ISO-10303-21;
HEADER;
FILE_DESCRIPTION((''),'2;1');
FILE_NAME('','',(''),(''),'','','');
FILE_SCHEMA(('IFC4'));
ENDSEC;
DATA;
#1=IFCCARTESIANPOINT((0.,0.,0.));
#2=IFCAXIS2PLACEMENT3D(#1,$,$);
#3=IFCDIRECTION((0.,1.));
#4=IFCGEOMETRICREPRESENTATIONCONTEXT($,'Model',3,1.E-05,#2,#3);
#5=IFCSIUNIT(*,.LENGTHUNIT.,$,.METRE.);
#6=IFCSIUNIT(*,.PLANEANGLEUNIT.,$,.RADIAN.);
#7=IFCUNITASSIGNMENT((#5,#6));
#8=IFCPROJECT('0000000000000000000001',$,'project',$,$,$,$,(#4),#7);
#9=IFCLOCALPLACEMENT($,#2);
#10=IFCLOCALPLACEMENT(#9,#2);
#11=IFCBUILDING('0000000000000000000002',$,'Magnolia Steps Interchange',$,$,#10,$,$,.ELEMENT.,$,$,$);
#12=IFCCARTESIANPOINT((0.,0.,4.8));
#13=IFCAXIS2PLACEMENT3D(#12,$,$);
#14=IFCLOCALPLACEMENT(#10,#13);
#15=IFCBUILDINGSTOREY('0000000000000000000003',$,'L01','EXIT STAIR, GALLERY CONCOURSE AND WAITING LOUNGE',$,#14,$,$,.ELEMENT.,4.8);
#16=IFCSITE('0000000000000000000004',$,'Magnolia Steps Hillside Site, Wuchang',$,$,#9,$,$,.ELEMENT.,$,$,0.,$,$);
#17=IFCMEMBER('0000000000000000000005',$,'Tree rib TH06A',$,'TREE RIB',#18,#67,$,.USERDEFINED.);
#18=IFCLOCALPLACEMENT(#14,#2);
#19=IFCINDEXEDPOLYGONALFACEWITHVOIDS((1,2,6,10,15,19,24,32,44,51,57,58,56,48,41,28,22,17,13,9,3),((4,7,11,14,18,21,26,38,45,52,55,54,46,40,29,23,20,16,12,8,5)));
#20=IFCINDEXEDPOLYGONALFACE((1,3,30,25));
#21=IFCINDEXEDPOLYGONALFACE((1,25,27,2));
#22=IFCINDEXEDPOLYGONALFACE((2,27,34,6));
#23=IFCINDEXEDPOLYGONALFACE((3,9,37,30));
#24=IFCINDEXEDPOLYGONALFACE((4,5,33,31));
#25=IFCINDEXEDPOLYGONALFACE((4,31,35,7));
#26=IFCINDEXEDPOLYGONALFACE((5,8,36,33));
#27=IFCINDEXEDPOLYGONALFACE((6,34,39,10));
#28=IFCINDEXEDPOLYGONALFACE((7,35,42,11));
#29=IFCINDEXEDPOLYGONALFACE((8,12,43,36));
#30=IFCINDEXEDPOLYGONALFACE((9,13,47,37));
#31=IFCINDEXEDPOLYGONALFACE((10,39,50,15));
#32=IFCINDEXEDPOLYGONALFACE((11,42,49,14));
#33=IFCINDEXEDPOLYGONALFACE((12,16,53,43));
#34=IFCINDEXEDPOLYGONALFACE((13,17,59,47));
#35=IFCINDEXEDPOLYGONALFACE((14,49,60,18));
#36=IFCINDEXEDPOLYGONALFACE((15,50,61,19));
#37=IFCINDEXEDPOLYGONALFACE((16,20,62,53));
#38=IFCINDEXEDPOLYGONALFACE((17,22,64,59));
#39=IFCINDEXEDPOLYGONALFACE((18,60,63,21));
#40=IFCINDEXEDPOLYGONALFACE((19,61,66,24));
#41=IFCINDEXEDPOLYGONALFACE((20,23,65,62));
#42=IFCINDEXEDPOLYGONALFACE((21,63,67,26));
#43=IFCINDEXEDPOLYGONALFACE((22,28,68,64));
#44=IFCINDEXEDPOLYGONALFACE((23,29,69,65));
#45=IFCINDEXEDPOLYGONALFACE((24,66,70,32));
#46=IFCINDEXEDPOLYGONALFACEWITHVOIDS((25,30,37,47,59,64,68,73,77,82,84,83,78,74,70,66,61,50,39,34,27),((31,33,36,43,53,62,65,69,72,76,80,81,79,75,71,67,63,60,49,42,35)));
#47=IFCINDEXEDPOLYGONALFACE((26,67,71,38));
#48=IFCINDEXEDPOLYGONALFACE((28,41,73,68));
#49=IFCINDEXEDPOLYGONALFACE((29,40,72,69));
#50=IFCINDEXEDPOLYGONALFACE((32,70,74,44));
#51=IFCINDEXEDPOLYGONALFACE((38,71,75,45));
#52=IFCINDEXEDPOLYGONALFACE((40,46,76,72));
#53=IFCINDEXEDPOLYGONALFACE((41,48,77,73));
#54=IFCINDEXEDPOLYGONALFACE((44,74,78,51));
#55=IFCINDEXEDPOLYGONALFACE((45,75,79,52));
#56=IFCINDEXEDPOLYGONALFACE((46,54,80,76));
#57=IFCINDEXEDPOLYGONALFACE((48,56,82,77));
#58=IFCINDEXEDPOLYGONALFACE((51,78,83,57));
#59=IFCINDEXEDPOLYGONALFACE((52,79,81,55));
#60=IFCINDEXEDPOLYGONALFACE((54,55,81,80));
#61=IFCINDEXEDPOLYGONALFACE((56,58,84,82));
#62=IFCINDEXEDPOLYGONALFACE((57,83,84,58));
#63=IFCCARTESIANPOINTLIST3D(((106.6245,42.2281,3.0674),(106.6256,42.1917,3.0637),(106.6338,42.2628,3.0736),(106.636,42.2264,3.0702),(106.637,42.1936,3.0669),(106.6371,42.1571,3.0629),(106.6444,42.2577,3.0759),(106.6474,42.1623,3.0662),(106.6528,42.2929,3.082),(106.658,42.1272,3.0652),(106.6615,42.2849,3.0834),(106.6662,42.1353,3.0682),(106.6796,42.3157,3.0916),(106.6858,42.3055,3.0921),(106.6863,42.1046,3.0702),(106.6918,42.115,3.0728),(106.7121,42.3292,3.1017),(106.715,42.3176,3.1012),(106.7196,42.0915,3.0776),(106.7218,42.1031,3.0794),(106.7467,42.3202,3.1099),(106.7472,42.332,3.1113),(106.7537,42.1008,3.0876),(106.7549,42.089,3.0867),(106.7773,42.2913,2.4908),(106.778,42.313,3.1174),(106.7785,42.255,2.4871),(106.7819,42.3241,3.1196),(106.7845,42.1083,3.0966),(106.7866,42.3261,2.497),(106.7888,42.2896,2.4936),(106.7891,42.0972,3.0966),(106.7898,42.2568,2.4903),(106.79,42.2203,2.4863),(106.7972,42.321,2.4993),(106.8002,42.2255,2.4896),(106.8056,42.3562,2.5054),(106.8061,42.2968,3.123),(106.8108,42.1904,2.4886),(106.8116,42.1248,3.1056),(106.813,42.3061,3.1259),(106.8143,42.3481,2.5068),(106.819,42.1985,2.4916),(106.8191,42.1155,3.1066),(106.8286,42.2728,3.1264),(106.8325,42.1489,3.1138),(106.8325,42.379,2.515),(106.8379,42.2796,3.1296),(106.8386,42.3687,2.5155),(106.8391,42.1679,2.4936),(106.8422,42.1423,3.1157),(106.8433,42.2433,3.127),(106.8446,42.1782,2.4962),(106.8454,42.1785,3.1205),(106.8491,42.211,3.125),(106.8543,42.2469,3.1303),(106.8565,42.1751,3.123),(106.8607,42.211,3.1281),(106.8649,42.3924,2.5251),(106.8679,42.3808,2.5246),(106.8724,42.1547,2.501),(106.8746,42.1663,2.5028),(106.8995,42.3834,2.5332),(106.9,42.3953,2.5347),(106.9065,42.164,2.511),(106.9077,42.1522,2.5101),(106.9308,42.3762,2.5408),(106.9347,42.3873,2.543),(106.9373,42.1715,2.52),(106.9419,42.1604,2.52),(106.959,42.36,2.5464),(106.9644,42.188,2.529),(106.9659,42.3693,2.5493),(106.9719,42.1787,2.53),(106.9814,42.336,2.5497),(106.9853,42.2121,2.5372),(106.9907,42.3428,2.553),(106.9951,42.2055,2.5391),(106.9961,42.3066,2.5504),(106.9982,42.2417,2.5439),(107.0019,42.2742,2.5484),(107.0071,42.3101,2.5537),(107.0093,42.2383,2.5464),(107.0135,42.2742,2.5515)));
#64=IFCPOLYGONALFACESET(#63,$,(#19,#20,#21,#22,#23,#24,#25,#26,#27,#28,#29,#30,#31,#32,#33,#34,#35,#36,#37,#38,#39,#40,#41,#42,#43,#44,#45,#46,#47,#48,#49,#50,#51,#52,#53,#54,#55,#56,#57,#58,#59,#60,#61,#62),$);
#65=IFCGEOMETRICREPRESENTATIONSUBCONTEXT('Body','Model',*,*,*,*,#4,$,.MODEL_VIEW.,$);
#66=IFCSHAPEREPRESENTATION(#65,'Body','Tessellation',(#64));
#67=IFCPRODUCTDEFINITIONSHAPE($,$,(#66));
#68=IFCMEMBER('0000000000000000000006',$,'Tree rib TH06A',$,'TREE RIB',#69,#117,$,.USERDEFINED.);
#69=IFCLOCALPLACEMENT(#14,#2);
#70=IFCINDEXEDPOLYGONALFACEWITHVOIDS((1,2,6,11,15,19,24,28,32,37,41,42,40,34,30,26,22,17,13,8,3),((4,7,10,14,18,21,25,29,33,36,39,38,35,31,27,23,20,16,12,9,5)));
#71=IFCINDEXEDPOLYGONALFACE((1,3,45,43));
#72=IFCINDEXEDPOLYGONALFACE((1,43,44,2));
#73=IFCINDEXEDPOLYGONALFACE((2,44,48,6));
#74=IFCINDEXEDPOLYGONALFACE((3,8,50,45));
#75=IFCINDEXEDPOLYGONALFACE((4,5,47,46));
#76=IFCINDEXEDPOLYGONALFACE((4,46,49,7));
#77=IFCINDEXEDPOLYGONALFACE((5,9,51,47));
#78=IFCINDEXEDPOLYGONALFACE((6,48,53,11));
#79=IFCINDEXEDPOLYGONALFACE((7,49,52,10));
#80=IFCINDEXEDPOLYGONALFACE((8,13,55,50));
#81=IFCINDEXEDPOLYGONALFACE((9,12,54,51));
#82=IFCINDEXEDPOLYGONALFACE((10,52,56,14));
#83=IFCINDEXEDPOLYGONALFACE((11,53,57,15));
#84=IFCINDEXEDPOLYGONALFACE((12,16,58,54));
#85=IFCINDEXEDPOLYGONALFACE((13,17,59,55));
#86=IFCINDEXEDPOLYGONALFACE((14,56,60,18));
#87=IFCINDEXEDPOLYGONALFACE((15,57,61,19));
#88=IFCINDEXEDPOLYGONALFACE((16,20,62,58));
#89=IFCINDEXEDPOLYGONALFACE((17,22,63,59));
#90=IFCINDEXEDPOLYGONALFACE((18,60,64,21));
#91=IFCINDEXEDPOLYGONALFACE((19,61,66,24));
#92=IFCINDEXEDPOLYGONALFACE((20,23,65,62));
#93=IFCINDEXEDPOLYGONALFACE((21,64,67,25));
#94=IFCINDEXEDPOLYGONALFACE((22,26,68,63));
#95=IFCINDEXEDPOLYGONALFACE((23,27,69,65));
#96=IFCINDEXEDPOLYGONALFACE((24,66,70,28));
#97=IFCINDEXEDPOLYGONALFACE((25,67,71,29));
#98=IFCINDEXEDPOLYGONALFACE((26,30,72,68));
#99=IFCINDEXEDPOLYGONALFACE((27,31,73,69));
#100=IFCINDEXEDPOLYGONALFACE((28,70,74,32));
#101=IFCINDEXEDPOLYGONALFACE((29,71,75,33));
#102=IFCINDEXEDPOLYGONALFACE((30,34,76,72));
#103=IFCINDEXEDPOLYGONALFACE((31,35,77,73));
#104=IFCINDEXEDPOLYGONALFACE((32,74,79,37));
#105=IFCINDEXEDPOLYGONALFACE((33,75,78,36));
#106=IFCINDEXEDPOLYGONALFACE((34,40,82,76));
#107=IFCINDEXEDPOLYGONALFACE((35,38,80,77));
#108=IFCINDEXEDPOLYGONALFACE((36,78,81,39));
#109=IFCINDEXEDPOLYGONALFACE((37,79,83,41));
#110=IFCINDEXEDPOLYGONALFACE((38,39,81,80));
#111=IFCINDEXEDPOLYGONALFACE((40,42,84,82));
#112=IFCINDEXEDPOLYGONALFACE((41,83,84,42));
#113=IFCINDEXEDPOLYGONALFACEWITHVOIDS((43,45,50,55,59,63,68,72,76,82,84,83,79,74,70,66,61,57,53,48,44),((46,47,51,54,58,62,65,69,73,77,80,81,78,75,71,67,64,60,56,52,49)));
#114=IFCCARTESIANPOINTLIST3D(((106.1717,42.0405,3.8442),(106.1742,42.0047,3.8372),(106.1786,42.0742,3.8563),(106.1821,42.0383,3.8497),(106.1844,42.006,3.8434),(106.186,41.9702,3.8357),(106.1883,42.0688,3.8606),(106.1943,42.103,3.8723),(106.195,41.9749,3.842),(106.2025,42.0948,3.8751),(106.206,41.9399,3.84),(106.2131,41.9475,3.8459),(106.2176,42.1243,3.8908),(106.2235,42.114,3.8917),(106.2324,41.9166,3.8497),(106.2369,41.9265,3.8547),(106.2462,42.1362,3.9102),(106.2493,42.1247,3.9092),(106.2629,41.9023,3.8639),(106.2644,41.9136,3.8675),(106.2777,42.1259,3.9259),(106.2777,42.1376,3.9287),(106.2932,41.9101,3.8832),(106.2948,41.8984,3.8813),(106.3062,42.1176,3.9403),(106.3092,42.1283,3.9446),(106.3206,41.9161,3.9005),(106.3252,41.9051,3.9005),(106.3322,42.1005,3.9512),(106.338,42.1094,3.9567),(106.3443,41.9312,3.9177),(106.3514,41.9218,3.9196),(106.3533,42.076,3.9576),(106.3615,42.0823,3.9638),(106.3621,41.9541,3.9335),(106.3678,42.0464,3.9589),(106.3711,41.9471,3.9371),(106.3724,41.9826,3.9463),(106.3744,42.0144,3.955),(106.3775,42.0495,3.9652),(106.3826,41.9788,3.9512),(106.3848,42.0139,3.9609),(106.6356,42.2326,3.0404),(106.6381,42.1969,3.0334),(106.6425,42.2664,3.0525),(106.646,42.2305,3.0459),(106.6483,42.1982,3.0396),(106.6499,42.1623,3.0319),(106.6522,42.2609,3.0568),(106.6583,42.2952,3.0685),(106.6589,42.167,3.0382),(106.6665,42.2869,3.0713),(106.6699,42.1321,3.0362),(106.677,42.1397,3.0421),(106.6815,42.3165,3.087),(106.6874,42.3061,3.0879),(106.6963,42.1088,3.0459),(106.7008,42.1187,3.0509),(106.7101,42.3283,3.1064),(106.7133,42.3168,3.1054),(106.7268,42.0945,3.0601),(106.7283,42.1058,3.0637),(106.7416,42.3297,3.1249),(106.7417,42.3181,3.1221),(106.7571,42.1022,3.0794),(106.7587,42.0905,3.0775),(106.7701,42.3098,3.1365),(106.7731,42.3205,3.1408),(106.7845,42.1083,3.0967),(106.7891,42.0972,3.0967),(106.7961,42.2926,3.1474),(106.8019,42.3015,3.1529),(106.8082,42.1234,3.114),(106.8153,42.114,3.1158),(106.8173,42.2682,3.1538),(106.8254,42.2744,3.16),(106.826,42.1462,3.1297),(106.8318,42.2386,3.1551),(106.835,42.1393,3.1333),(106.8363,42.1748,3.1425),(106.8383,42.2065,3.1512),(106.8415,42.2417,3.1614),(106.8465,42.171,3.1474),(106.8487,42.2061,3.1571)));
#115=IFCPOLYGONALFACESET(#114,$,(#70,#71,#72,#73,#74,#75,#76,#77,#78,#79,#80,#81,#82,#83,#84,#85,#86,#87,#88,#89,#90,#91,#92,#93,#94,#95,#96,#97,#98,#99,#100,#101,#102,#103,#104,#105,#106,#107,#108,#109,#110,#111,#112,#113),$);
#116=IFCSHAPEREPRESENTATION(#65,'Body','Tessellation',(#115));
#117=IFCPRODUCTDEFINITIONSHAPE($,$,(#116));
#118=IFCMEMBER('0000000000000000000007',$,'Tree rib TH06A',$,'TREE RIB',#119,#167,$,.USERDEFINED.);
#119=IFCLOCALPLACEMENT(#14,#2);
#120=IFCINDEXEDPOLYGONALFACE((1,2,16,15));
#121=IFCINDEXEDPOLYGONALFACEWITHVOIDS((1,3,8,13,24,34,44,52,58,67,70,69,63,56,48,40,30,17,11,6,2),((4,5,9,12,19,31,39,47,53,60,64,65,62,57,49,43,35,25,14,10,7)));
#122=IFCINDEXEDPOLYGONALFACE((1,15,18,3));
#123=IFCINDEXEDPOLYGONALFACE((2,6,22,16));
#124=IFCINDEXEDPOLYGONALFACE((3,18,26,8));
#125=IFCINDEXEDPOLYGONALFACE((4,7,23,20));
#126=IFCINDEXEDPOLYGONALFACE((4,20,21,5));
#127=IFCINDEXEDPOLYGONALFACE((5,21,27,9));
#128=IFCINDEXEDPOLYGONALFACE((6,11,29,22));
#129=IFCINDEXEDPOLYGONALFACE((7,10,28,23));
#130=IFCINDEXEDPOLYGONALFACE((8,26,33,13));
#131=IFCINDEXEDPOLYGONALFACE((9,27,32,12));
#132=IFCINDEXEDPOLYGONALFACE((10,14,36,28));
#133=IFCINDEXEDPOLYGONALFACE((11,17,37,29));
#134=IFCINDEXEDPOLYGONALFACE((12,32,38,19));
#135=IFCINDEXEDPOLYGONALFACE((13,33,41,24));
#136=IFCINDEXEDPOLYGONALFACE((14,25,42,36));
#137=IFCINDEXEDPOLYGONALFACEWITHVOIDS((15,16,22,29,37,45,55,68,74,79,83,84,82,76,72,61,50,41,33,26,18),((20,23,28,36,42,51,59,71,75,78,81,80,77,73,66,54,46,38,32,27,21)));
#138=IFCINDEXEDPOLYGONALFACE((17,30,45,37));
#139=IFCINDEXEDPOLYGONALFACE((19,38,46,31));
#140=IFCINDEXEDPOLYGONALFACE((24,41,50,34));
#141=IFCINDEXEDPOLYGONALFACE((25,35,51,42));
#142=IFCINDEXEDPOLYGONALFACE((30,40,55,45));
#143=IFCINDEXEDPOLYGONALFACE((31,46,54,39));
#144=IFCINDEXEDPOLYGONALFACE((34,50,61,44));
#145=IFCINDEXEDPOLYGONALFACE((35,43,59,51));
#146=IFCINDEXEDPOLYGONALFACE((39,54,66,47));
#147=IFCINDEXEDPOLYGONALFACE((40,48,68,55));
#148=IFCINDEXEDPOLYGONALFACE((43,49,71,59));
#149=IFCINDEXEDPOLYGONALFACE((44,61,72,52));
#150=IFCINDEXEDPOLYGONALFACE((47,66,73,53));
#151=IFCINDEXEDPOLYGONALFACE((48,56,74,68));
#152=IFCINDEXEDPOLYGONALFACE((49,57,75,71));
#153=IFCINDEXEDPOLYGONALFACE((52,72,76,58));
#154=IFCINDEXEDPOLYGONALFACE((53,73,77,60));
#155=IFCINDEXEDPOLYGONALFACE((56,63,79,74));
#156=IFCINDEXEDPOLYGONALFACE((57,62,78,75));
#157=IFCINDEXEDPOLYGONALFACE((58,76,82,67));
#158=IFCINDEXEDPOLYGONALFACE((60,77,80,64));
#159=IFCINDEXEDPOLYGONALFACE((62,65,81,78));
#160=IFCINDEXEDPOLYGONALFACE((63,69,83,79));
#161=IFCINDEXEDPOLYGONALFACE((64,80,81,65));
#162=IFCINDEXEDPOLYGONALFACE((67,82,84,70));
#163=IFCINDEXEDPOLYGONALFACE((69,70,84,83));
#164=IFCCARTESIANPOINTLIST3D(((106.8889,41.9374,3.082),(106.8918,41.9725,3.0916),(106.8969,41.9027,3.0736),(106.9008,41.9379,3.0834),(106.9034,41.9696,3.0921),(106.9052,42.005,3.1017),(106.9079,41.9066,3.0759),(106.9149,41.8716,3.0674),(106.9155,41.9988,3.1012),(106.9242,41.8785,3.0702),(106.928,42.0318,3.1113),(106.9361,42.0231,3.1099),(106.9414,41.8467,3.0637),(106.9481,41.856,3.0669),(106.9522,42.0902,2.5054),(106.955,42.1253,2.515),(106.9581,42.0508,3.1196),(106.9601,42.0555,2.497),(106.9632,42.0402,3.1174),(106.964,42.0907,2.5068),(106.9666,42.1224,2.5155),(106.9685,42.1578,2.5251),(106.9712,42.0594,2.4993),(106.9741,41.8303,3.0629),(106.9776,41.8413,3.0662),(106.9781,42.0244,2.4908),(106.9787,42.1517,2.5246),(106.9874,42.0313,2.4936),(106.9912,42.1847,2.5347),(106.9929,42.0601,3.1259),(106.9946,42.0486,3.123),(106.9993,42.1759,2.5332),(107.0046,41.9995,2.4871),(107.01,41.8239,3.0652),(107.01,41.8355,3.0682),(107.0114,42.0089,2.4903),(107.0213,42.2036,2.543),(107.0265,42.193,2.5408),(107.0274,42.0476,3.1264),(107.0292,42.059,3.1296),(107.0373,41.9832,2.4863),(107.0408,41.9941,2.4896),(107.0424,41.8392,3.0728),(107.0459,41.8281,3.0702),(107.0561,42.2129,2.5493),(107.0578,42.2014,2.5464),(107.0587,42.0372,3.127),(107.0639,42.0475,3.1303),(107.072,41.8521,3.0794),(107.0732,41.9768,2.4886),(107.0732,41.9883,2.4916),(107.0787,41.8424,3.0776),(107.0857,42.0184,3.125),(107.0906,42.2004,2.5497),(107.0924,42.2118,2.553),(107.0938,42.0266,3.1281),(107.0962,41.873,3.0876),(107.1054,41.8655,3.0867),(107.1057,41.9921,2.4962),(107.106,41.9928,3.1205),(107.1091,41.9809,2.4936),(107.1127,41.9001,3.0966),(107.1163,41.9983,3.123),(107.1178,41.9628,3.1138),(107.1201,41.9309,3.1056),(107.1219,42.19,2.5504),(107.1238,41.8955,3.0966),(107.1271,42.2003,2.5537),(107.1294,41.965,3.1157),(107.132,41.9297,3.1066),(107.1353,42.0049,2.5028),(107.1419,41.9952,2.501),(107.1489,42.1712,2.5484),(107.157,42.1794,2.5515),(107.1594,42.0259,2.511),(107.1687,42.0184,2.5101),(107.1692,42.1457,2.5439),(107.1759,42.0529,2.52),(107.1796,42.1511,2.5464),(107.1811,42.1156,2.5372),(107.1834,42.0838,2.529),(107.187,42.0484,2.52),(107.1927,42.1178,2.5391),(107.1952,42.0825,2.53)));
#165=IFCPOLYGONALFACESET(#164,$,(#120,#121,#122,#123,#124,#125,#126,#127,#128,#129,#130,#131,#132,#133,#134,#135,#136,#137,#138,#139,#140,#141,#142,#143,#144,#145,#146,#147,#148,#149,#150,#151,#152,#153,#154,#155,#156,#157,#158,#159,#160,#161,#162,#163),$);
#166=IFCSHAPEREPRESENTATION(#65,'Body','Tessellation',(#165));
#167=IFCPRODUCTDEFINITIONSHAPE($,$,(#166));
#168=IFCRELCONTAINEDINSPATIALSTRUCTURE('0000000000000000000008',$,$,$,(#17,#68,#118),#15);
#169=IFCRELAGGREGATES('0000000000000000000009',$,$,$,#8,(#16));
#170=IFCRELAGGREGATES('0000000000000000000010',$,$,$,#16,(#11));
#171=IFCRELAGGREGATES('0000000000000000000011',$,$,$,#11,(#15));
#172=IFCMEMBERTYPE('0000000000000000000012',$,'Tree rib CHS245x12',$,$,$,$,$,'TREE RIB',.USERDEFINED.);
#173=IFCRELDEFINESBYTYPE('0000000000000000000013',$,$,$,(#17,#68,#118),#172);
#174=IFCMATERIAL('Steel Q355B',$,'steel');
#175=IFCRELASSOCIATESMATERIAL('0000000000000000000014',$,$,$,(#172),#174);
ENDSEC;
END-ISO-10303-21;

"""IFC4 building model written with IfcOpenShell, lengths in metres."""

from ifc_helpers import new_model, si_unit, direction, frame, origin, origin_2d, place, context, subcontext, project, spatial, hollow_circle, extrude, material, material_profile, profile_set, type_object, element, save


model = new_model("IFC4")

# Units and contexts
model_context = context("Model", 3, precision=1e-05, world=origin(), true_north=direction((0.0, 1.0)))
body_context = subcontext(model_context, "Body", "Model", "MODEL_VIEW")
ifc_project = project(units=[si_unit("LENGTHUNIT", "METRE"), si_unit("PLANEANGLEUNIT", "RADIAN")], contexts=[model_context])

# Site, building, storey
site_placement = place(None, origin())
site = spatial("IfcSite", under=ifc_project, at=site_placement, Name="Magnolia Steps Hillside Site, Wuchang", CompositionType="ELEMENT", RefElevation=0.0)
building_placement = place(site_placement, origin())
building = spatial("IfcBuilding", under=site, at=building_placement, Name="Magnolia Steps Interchange", CompositionType="ELEMENT")
storey_placement = place(building_placement, frame((0.0, 0.0, 4.8)))
storey = spatial("IfcBuildingStorey", under=building, at=storey_placement, Name="L01", Description="EXIT STAIR, GALLERY CONCOURSE AND WAITING LOUNGE", CompositionType="ELEMENT", Elevation=4.8)

# Members
ifc_material_1 = material(Name="Steel Q355B", Category="steel")
ifc_material_profile_1 = material_profile(ifc_material_1, hollow_circle(Radius=0.1226, WallThickness=0.012, at=origin_2d()), Name="CHS245x12")
ifc_profile_set_1 = profile_set([ifc_material_profile_1], Name="Steel Q355B")
member_type_1 = type_object("IfcMemberType", Name="Tree rib CHS245x12", ElementType="TREE RIB", PredefinedType="USERDEFINED", material=ifc_profile_set_1)
member_1_placement = place(storey_placement, frame((106.895, 42.2737, 2.52), z_axis=(-0.254758, -0.105403, 0.961243), x_axis=(0.382308, -0.924035, 0.0)))
element("IfcMember", 1, at=member_1_placement, inside=storey, type_object=member_type_1, Name="Tree rib TH06A", ObjectType="TREE RIB", PredefinedType="USERDEFINED", context=body_context, shape_type="SweptSolid", body=[
    extrude(hollow_circle(Radius=0.1226, WallThickness=0.012, at=origin_2d()), origin(), (0.0, 0.0, 1.0), 0.5999),
])
member_2_placement = place(storey_placement, frame((106.7422, 42.2104, 3.0967), z_axis=(-0.489492, -0.202753, 0.848109), x_axis=(0.382681, -0.923881, 0.0)))
element("IfcMember", 2, at=member_2_placement, inside=storey, type_object=member_type_1, Name="Tree rib TH06A", ObjectType="TREE RIB", PredefinedType="USERDEFINED", context=body_context, shape_type="SweptSolid", body=[
    extrude(hollow_circle(Radius=0.1226, WallThickness=0.012, at=origin_2d()), origin(), (0.0, 0.0, 1.0), 0.9478),
])
member_3_placement = place(storey_placement, frame((107.0737, 42.0952, 2.52), z_axis=(-0.105403, -0.254758, 0.961243), x_axis=(0.924035, -0.382308, 0.0)))
element("IfcMember", 3, at=member_3_placement, inside=storey, type_object=member_type_1, Name="Tree rib TH06A", ObjectType="TREE RIB", PredefinedType="USERDEFINED", context=body_context, shape_type="SweptSolid", body=[
    extrude(hollow_circle(Radius=0.1226, WallThickness=0.012, at=origin_2d()), origin(), (0.0, 0.0, 1.0), 0.5999),
])

save(model, "model.ifc")
